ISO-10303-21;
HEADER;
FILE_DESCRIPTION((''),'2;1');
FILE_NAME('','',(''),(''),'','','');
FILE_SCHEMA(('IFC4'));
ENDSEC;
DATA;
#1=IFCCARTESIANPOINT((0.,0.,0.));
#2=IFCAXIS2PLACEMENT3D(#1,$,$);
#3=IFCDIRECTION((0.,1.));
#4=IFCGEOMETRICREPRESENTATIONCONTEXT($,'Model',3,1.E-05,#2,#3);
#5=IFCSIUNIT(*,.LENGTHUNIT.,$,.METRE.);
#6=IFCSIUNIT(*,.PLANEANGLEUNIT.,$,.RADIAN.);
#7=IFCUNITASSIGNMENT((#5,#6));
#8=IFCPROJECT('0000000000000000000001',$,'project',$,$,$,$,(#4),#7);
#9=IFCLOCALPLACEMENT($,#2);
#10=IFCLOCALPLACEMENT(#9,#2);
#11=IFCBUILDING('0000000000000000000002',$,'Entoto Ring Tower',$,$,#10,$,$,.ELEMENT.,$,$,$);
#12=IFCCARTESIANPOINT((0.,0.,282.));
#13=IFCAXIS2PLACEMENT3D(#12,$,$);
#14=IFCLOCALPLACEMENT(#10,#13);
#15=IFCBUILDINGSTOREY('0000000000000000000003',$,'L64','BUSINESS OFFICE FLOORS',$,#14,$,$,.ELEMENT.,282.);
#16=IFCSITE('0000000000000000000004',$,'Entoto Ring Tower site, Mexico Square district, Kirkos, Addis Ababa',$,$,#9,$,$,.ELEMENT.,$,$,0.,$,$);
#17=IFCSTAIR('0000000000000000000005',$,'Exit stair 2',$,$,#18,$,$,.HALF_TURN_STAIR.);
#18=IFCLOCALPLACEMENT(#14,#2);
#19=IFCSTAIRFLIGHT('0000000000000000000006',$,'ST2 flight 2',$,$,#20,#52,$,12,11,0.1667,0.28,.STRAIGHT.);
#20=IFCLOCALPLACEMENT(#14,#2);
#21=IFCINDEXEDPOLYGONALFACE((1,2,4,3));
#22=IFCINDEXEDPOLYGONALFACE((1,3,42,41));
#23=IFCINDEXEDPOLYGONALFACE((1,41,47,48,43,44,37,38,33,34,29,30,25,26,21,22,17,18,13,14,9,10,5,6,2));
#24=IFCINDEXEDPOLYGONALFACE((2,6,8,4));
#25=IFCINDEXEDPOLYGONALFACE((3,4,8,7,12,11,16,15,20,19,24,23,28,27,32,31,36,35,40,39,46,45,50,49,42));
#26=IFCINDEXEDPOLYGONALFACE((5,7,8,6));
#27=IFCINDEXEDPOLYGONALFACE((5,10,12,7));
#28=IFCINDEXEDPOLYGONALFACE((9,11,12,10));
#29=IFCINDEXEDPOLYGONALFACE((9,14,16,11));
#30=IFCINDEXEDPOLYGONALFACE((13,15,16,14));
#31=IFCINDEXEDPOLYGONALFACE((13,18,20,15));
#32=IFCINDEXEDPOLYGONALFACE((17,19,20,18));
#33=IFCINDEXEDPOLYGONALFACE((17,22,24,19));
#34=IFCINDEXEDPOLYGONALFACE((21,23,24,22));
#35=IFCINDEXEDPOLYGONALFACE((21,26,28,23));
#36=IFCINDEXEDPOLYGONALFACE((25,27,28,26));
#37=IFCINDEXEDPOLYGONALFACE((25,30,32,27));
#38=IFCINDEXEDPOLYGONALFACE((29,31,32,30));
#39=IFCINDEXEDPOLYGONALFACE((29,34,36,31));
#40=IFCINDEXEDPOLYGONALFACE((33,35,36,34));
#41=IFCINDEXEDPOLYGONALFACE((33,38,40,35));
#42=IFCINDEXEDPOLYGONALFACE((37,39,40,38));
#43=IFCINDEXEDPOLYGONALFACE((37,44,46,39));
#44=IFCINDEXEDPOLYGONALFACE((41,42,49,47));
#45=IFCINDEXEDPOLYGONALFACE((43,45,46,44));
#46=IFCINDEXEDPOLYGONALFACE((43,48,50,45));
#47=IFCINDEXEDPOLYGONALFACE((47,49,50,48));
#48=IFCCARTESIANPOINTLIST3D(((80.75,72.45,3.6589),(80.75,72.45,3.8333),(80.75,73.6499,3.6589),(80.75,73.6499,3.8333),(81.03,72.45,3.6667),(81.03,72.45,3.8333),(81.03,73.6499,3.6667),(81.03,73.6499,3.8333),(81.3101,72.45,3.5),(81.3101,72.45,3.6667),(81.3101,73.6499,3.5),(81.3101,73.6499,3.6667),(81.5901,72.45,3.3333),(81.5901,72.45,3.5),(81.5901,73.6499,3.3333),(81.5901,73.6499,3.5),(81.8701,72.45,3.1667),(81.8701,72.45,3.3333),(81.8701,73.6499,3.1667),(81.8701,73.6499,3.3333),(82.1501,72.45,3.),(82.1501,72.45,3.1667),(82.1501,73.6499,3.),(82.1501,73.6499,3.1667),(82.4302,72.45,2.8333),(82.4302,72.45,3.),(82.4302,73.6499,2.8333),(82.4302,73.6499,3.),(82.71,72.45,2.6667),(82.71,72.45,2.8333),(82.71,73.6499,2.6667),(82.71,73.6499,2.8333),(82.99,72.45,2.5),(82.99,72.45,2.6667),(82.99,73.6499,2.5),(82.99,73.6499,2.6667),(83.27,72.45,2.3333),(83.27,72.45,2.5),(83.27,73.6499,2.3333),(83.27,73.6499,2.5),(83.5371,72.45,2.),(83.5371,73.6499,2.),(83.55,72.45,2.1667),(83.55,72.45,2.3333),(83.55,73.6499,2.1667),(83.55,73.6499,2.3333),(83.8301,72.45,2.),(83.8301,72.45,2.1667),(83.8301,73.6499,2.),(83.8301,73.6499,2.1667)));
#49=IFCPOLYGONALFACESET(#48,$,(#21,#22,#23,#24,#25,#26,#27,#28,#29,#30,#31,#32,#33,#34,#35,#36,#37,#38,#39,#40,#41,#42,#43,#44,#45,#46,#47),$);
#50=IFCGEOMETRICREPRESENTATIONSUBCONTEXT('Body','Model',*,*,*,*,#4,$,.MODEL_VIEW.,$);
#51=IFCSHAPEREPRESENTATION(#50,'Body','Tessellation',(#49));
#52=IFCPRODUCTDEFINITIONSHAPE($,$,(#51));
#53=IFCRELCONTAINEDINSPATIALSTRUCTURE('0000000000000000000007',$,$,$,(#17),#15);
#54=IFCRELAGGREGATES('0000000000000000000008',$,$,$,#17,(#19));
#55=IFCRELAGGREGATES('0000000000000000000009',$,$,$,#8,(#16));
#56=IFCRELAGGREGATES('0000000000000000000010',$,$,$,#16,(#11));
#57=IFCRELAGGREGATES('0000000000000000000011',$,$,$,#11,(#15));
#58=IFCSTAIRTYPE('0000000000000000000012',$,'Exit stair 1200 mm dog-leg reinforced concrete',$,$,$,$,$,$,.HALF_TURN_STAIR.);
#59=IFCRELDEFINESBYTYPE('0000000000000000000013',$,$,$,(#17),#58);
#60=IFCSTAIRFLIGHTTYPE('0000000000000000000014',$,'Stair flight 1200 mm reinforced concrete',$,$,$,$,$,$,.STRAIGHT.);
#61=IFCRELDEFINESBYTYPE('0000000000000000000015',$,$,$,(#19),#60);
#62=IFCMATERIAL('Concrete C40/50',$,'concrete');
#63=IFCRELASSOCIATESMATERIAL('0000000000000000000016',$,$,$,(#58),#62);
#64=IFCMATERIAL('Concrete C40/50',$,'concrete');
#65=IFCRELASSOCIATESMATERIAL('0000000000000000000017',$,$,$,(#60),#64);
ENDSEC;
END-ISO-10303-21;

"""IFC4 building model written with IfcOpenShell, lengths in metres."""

from ifc_helpers import new_model, si_unit, direction, frame, origin, place, context, subcontext, project, spatial, polyline, outline, extrude, material, type_object, element, aggregate, save


model = new_model("IFC4")

# Units and contexts
model_context = context("Model", 3, precision=1e-05, world=origin(), true_north=direction((0.0, 1.0)))
body_context = subcontext(model_context, "Body", "Model", "MODEL_VIEW")
ifc_project = project(units=[si_unit("LENGTHUNIT", "METRE"), si_unit("PLANEANGLEUNIT", "RADIAN")], contexts=[model_context])

# Site, building, storey
site_placement = place(None, origin())
site = spatial("IfcSite", under=ifc_project, at=site_placement, Name="Entoto Ring Tower site, Mexico Square district, Kirkos, Addis Ababa", CompositionType="ELEMENT", RefElevation=0.0)
building_placement = place(site_placement, origin())
building = spatial("IfcBuilding", under=site, at=building_placement, Name="Entoto Ring Tower", CompositionType="ELEMENT")
storey_placement = place(building_placement, frame((0.0, 0.0, 282.0)))
storey = spatial("IfcBuildingStorey", under=building, at=storey_placement, Name="L64", Description="BUSINESS OFFICE FLOORS", CompositionType="ELEMENT", Elevation=282.0)

# Stair, stair flight
ifc_material_1 = material(Name="Concrete C40/50", Category="concrete")
stair_type = type_object("IfcStairType", Name="Exit stair 1200 mm dog-leg reinforced concrete", PredefinedType="HALF_TURN_STAIR", material=ifc_material_1)
stair_placement = place(storey_placement, origin())
stair = element("IfcStair", 1, at=stair_placement, inside=storey, type_object=stair_type, Name="Exit stair 2", PredefinedType="HALF_TURN_STAIR")
ifc_material_2 = material(Name="Concrete C40/50", Category="concrete")
stair_flight_type = type_object("IfcStairFlightType", Name="Stair flight 1200 mm reinforced concrete", PredefinedType="STRAIGHT", material=ifc_material_2)
stair_flight_1_placement = place(storey_placement, frame((83.8301, 73.05, 2.0), z_axis=(0.0, 0.0, 1.0), x_axis=(-1.0, 0.0, 0.0)))
stair_flight_1 = element("IfcStairFlight", 2, at=stair_flight_1_placement, type_object=stair_flight_type, Name="ST2 flight 2", NumberOfRisers=12, NumberOfTreads=11, PredefinedType="STRAIGHT", RiserHeight=0.1667, TreadLength=0.28, context=body_context, shape_type="SweptSolid", body=[
    extrude(outline(polyline([(0.0, 0.0), (0.0, 0.1667), (0.28, 0.1667), (0.28, 0.3333), (0.5601, 0.3333), (0.5601, 0.5), (0.8401, 0.5), (0.8401, 0.6667), (1.1201, 0.6667), (1.1201, 0.8333), (1.3999, 0.8333), (1.3999, 1.0), (1.6799, 1.0), (1.6799, 1.1667), (1.96, 1.1667), (1.96, 1.3333), (2.24, 1.3333), (2.24, 1.5), (2.52, 1.5), (2.52, 1.6667), (2.8, 1.6667), (2.8, 1.8333), (3.0801, 1.8333), (3.0801, 2.0), (3.0801, 1.6589), (0.293, 0.0), (0.0, 0.0)])), frame((0.0, 0.6001, 0.0), z_axis=(0.0, -1.0, 0.0), x_axis=(1.0, 0.0, 0.0)), (0.0, 0.0, 1.0), 1.2),
])
aggregate(stair, [stair_flight_1])

save(model, "model.ifc")
